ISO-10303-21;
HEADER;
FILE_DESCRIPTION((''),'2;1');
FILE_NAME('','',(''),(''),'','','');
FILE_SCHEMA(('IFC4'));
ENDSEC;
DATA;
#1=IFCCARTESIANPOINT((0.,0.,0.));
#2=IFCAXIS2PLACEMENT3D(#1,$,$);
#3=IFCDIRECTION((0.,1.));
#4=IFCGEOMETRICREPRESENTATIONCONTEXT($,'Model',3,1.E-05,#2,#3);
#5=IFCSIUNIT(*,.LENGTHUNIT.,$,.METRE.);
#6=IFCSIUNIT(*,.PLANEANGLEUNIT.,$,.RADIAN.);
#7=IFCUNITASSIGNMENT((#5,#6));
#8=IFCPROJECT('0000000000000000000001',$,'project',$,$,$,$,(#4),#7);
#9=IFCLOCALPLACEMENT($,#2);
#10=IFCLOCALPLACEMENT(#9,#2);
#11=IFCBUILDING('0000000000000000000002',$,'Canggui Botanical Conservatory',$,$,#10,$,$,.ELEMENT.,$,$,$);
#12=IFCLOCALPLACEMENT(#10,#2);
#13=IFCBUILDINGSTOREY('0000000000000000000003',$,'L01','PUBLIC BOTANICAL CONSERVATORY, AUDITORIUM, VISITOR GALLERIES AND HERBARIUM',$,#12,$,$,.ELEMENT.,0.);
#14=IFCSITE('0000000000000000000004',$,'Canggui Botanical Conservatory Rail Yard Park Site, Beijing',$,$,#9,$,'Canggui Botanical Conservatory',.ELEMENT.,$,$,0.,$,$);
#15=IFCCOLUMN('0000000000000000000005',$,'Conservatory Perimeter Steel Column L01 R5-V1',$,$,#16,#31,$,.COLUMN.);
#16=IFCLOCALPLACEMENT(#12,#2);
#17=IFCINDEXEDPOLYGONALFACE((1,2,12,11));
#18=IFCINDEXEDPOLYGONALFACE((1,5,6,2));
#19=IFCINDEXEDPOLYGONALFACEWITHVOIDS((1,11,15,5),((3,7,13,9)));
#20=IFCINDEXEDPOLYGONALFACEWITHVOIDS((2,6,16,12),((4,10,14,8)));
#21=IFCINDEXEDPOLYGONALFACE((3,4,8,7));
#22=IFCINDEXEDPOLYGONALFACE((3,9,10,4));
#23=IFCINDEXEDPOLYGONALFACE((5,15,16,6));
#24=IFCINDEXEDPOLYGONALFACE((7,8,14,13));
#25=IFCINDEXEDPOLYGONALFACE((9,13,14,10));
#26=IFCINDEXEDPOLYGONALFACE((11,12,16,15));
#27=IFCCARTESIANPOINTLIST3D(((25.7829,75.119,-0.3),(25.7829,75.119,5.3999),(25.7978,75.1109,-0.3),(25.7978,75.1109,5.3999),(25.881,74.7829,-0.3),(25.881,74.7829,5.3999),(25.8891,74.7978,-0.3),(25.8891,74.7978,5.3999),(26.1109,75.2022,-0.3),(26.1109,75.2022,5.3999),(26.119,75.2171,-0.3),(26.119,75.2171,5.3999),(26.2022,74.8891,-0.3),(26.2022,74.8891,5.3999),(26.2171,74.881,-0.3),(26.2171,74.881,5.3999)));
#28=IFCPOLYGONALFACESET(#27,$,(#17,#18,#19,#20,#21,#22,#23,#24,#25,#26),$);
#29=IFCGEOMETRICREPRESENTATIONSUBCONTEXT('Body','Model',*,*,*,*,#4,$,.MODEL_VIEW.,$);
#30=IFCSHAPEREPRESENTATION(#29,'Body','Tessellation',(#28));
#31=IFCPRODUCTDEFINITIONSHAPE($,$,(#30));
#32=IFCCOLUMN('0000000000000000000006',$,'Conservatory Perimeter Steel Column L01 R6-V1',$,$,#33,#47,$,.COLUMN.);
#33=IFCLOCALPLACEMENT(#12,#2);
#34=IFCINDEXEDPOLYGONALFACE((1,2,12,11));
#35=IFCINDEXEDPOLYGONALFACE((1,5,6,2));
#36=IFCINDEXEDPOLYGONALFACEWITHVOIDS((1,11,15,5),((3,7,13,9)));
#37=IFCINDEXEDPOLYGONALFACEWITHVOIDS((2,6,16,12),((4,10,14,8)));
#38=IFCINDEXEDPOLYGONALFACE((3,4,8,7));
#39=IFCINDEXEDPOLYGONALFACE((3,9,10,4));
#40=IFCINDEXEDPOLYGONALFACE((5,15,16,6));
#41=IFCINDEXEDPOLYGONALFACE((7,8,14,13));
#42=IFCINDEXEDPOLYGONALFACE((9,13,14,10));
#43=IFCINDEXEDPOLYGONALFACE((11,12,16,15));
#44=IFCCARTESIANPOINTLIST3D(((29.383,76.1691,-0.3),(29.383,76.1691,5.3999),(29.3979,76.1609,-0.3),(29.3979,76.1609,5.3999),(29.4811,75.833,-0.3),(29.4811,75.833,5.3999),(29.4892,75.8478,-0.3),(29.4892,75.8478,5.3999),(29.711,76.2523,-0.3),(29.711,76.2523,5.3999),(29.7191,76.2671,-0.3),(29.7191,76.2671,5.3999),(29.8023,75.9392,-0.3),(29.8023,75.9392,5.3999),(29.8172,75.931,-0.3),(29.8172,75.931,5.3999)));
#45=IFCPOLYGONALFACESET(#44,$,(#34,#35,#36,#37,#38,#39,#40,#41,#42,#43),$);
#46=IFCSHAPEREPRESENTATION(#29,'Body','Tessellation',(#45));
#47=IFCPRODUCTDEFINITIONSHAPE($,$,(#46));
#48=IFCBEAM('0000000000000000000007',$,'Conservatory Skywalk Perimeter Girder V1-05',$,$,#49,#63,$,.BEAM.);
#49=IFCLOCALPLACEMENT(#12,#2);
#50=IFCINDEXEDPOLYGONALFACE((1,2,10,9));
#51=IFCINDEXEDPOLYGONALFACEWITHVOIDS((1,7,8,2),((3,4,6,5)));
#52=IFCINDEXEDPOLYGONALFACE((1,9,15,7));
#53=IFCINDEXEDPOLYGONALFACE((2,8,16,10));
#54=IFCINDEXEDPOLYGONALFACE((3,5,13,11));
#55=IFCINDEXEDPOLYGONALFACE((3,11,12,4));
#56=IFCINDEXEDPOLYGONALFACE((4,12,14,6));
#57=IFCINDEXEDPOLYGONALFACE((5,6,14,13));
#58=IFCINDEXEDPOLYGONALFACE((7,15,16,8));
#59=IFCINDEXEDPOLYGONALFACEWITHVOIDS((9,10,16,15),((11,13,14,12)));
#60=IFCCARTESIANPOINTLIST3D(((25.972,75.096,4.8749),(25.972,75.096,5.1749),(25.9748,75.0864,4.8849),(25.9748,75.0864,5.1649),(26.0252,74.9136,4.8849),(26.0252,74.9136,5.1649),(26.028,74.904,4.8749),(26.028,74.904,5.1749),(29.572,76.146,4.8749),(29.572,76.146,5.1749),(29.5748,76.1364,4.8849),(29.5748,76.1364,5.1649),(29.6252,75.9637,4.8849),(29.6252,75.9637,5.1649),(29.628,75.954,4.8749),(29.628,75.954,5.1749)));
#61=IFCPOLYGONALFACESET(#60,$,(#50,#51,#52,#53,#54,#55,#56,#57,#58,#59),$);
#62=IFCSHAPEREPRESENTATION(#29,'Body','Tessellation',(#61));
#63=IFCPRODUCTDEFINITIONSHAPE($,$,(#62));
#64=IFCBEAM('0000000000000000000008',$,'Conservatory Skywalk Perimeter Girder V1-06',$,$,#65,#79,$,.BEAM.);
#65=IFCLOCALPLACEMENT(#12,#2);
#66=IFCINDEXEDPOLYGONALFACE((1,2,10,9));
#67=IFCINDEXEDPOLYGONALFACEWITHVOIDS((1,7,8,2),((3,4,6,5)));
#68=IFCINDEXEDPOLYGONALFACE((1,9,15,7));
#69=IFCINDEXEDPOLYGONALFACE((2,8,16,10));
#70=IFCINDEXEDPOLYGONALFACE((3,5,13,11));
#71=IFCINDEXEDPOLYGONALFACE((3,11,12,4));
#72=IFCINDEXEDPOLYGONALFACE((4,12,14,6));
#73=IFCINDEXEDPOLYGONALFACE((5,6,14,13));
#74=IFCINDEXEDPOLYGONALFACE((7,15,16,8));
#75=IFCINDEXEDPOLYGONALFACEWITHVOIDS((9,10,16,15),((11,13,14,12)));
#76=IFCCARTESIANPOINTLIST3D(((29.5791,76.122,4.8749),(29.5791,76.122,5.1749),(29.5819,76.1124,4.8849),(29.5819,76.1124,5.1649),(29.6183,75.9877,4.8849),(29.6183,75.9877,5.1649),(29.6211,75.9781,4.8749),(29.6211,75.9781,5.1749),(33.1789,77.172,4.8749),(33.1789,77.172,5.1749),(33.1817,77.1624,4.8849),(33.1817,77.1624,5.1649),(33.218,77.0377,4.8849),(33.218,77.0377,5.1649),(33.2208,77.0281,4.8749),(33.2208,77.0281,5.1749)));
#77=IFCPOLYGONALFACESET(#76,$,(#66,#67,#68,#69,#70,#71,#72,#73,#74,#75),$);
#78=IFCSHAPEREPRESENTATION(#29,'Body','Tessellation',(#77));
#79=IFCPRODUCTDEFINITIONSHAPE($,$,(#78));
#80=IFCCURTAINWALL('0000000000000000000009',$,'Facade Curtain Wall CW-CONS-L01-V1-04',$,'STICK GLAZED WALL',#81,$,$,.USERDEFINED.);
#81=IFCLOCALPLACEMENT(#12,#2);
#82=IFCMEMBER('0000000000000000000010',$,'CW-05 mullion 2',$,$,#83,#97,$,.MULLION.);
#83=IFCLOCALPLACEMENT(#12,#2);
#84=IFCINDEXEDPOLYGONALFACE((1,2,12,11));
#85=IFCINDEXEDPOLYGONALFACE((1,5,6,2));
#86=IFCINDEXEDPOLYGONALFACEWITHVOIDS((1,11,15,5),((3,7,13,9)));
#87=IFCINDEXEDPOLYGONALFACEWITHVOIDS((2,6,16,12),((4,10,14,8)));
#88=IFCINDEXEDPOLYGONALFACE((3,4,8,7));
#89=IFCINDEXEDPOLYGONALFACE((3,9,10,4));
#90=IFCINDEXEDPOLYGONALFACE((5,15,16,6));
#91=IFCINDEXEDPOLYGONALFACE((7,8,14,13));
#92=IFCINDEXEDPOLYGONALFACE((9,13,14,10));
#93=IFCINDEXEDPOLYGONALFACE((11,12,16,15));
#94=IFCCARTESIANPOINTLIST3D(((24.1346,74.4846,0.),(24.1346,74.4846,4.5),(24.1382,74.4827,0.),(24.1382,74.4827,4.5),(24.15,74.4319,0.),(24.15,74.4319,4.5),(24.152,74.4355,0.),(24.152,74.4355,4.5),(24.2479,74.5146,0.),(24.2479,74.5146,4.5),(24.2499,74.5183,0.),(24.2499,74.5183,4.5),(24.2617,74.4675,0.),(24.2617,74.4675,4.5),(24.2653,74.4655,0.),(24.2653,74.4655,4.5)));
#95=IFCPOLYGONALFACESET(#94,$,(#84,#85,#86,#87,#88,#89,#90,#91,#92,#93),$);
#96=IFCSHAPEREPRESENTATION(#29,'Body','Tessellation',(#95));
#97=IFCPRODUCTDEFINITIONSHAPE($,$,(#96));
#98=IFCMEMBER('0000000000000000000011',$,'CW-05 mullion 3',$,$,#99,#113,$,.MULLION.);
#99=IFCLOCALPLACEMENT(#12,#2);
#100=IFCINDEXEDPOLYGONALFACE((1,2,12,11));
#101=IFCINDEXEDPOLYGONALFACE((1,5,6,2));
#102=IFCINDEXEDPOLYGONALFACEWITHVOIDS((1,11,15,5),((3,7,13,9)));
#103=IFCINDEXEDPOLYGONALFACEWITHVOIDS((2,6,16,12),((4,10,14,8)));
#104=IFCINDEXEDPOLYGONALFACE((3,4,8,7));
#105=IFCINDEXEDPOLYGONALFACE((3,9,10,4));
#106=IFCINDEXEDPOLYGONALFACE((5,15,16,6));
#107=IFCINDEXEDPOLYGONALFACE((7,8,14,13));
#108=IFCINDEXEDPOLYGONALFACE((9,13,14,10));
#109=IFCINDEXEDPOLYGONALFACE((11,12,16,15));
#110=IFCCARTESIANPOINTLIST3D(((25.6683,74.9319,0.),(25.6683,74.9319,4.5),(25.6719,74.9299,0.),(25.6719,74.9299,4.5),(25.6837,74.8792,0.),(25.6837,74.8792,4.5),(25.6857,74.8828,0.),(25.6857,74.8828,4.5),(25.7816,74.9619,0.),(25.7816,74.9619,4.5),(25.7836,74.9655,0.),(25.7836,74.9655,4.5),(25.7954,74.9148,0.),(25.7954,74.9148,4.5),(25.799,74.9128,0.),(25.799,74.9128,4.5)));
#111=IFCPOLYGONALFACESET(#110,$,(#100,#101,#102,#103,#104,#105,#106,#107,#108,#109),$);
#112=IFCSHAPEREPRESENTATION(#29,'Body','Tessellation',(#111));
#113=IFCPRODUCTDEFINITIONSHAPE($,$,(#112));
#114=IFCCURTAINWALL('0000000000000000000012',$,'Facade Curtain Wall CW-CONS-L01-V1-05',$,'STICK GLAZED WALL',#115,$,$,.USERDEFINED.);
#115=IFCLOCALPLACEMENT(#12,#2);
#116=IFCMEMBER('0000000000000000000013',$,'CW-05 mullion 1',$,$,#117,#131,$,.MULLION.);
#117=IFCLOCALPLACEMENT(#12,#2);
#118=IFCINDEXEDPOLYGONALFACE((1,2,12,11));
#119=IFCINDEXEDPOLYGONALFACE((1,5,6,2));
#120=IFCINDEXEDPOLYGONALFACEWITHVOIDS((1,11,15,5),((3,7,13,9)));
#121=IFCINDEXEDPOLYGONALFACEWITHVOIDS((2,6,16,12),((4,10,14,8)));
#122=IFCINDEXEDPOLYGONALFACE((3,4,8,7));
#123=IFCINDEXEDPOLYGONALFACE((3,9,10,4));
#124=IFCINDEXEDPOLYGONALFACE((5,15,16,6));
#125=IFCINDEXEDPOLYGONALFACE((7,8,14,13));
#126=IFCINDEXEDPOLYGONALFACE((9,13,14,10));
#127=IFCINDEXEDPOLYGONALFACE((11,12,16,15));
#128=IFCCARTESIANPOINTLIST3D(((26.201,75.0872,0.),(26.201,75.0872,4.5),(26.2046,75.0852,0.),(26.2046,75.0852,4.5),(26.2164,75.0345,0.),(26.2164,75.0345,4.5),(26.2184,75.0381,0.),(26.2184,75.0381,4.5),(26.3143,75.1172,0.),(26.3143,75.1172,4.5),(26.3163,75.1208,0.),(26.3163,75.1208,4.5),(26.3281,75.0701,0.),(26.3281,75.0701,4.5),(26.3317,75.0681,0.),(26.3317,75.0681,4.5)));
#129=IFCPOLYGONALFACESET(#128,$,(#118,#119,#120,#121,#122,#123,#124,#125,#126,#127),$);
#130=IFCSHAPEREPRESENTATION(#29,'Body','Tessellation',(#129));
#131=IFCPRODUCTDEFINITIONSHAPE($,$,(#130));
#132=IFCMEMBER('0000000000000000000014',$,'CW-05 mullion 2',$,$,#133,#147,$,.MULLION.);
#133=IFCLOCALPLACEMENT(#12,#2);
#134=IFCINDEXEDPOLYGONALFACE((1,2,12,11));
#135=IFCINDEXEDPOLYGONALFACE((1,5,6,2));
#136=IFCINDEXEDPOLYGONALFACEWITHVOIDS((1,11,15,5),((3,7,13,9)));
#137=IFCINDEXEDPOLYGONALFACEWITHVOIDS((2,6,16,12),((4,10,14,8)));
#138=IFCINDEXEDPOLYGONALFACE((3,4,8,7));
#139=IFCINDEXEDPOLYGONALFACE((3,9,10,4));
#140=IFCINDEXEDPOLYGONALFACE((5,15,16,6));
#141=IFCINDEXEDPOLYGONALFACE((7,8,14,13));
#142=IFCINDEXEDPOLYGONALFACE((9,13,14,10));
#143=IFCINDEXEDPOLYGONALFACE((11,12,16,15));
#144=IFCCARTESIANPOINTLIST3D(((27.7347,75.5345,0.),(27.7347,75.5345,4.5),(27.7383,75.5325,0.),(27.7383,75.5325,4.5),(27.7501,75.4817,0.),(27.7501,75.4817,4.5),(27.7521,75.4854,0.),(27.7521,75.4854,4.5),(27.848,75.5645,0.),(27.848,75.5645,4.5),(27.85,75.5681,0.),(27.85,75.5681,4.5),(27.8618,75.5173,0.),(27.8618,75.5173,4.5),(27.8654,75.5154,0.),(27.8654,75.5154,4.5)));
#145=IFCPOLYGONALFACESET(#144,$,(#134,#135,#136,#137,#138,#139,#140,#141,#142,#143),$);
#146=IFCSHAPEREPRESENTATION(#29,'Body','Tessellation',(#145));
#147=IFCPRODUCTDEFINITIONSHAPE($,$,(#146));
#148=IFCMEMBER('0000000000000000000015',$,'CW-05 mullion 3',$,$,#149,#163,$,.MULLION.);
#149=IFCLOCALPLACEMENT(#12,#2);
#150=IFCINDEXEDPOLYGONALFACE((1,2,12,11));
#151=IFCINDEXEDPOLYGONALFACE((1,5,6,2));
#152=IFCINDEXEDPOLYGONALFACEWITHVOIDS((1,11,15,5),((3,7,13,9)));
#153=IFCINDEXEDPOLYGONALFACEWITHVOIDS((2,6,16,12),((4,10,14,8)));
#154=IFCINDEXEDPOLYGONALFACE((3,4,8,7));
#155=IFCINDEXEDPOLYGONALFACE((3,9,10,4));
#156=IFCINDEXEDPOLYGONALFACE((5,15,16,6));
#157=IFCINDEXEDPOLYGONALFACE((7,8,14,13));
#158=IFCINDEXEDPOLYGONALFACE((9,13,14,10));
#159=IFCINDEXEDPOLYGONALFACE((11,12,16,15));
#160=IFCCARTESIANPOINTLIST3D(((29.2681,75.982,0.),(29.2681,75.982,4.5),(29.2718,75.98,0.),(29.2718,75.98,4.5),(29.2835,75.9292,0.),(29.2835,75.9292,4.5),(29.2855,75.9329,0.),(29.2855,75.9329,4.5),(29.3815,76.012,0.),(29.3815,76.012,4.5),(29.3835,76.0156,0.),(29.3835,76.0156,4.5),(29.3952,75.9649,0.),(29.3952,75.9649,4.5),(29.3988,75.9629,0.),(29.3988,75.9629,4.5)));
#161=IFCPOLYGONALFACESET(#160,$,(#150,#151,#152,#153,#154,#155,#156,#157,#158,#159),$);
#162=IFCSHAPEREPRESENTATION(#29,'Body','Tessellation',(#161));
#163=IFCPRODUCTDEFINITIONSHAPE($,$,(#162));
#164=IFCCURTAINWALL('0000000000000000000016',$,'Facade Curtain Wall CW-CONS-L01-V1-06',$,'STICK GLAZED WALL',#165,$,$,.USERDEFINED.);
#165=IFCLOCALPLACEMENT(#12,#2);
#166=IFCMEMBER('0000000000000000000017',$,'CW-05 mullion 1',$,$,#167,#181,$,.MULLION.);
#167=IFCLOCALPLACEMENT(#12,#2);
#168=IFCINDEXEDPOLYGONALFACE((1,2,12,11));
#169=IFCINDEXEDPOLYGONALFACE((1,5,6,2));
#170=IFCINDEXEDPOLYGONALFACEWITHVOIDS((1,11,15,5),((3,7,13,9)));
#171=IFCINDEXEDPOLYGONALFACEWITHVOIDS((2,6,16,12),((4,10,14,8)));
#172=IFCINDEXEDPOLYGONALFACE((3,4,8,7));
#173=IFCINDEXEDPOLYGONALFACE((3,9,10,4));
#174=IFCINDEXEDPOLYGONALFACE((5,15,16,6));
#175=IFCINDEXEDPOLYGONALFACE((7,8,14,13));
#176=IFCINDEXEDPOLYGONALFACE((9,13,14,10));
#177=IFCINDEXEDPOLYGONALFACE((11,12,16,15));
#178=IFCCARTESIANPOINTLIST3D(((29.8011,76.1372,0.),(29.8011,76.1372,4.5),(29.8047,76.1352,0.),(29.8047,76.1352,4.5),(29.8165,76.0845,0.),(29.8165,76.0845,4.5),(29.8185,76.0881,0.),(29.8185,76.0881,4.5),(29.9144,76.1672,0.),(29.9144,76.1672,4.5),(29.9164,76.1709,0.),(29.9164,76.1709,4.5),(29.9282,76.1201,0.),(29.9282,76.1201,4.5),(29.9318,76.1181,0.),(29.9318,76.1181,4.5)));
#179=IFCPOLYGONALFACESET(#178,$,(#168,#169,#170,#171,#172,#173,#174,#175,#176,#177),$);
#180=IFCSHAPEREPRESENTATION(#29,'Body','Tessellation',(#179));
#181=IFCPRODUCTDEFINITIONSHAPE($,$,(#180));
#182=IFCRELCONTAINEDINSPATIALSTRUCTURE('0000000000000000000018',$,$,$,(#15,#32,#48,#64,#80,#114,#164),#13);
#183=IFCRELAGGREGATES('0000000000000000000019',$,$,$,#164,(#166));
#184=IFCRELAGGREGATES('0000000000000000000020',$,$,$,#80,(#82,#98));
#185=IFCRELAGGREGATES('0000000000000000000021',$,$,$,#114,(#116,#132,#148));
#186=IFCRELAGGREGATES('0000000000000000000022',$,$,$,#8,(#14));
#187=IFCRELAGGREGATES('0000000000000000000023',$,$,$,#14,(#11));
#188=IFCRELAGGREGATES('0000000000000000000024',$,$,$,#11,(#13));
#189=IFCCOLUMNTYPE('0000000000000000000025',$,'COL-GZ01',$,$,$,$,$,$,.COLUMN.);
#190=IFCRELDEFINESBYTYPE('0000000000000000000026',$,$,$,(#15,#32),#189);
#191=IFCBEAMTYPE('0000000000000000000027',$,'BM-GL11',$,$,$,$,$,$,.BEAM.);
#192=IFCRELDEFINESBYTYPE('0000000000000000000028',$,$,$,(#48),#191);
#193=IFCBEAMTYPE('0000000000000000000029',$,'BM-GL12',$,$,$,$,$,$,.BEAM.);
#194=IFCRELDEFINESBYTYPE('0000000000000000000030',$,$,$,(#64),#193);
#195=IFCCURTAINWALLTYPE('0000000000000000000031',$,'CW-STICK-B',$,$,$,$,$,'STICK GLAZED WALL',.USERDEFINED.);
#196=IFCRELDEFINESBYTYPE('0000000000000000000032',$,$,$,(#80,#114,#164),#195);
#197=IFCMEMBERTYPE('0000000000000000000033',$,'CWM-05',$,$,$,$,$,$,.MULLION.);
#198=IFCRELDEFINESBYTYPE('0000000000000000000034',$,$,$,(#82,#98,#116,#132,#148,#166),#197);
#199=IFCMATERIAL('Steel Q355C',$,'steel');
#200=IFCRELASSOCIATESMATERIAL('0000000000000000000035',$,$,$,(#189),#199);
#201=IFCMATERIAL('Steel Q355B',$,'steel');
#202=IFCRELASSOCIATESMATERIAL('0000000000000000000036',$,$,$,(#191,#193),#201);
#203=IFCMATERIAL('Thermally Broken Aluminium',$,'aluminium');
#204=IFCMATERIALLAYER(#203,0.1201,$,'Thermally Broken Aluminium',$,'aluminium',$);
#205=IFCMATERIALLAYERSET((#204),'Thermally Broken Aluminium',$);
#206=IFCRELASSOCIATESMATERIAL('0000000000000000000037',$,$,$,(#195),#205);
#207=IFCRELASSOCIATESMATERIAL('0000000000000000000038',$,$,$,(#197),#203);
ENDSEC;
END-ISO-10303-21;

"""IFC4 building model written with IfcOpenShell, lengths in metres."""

from ifc_helpers import new_model, si_unit, direction, frame, origin, origin_2d, place, context, subcontext, project, spatial, hollow_rectangle, extrude, material, layer, layer_set, material_profile, profile_set, type_object, element, aggregate, save


model = new_model("IFC4")

# Units and contexts
model_context = context("Model", 3, precision=1e-05, world=origin(), true_north=direction((0.0, 1.0)))
body_context = subcontext(model_context, "Body", "Model", "MODEL_VIEW")
ifc_project = project(units=[si_unit("LENGTHUNIT", "METRE"), si_unit("PLANEANGLEUNIT", "RADIAN")], contexts=[model_context])

# Site, building, storey
site_placement = place(None, origin())
site = spatial("IfcSite", under=ifc_project, at=site_placement, Name="Canggui Botanical Conservatory Rail Yard Park Site, Beijing", LongName="Canggui Botanical Conservatory", CompositionType="ELEMENT", RefElevation=0.0)
building_placement = place(site_placement, origin())
building = spatial("IfcBuilding", under=site, at=building_placement, Name="Canggui Botanical Conservatory", CompositionType="ELEMENT")
storey_placement = place(building_placement, origin())
storey = spatial("IfcBuildingStorey", under=building, at=storey_placement, Name="L01", Description="PUBLIC BOTANICAL CONSERVATORY, AUDITORIUM, VISITOR GALLERIES AND HERBARIUM", CompositionType="ELEMENT", Elevation=0.0)

# Columns
ifc_material_1 = material(Name="Steel Q355C", Category="steel")
ifc_material_profile_1 = material_profile(ifc_material_1, hollow_rectangle(XDim=0.3501, YDim=0.3501, WallThickness=0.012, at=origin_2d()), Name="SHS 350x350x12")
ifc_profile_set_1 = profile_set([ifc_material_profile_1], Name="Steel Q355C")
column_type = type_object("IfcColumnType", Name="COL-GZ01", PredefinedType="COLUMN", material=ifc_profile_set_1)
for number, where, z_axis, x_axis, name in (
    (1, (26.0, 75.0, -0.3), (0.0, 0.0, 1.0), (0.96, 0.28, 0.0), "Conservatory Perimeter Steel Column L01 R5-V1"),
    (2, (29.6001, 76.05, -0.3), (0.0, 0.0, 1.0), (0.96, 0.28, 0.0), "Conservatory Perimeter Steel Column L01 R6-V1"),
):
    element("IfcColumn", number, at=place(storey_placement, frame(where, z_axis=z_axis, x_axis=x_axis)), inside=storey, type_object=column_type, Name=name, PredefinedType="COLUMN", context=body_context, shape_type="SweptSolid", body=[
        extrude(hollow_rectangle(XDim=0.3501, YDim=0.3501, WallThickness=0.012, at=origin_2d()), origin(), (0.0, 0.0, 1.0), 5.7),
    ])

# Beams
ifc_material_2 = material(Name="Steel Q355B", Category="steel")
ifc_material_profile_2 = material_profile(ifc_material_2, hollow_rectangle(XDim=0.2, YDim=0.3, WallThickness=0.01, at=origin_2d()), Name="RHS 200x300x10")
ifc_profile_set_2 = profile_set([ifc_material_profile_2], Name="Steel Q355B")
beam_type_1 = type_object("IfcBeamType", Name="BM-GL11", PredefinedType="BEAM", material=ifc_profile_set_2)
beam_1_placement = place(storey_placement, frame((26.0, 75.0, 5.0249), z_axis=(0.959999, 0.280005, 0.0), x_axis=(-0.280005, 0.959999, 0.0)))
element("IfcBeam", 3, at=beam_1_placement, inside=storey, type_object=beam_type_1, Name="Conservatory Skywalk Perimeter Girder V1-05", PredefinedType="BEAM", context=body_context, shape_type="SweptSolid", body=[
    extrude(hollow_rectangle(XDim=0.2, YDim=0.3, WallThickness=0.01, at=origin_2d()), origin(), (0.0, 0.0, 1.0), 3.75),
])
ifc_material_profile_3 = material_profile(ifc_material_2, hollow_rectangle(XDim=0.1499, YDim=0.3, WallThickness=0.01, at=origin_2d()), Name="RHS 150x300x10")
ifc_profile_set_3 = profile_set([ifc_material_profile_3], Name="Steel Q355B")
beam_type_2 = type_object("IfcBeamType", Name="BM-GL12", PredefinedType="BEAM", material=ifc_profile_set_3)
beam_2_placement = place(storey_placement, frame((29.6001, 76.05, 5.0249), z_axis=(0.959993, 0.280023, 0.0), x_axis=(-0.280023, 0.959993, 0.0)))
element("IfcBeam", 4, at=beam_2_placement, inside=storey, type_object=beam_type_2, Name="Conservatory Skywalk Perimeter Girder V1-06", PredefinedType="BEAM", context=body_context, shape_type="SweptSolid", body=[
    extrude(hollow_rectangle(XDim=0.1499, YDim=0.3, WallThickness=0.01, at=origin_2d()), origin(), (0.0, 0.0, 1.0), 3.7498),
])

# Curtain walls, members
ifc_material_3 = material(Name="Thermally Broken Aluminium", Category="aluminium")
ifc_layer_1 = layer(ifc_material_3, 0.1201, Name="Thermally Broken Aluminium", Category="aluminium")
ifc_layer_set_1 = layer_set([ifc_layer_1], Name="Thermally Broken Aluminium")
curtain_wall_type = type_object("IfcCurtainWallType", Name="CW-STICK-B", ElementType="STICK GLAZED WALL", PredefinedType="USERDEFINED", material=ifc_layer_set_1)
curtain_wall_1_placement = place(storey_placement, origin())
curtain_wall_1 = element("IfcCurtainWall", 5, at=curtain_wall_1_placement, inside=storey, type_object=curtain_wall_type, Name="Facade Curtain Wall CW-CONS-L01-V1-04", ObjectType="STICK GLAZED WALL", PredefinedType="USERDEFINED")
ifc_material_profile_4 = material_profile(ifc_material_3, hollow_rectangle(XDim=0.0549, YDim=0.1201, WallThickness=0.0029, at=origin_2d()), Name="CWM 55x120x3")
ifc_profile_set_4 = profile_set([ifc_material_profile_4], Name="Thermally Broken Aluminium")
member_type_1 = type_object("IfcMemberType", Name="CWM-05", PredefinedType="MULLION", material=ifc_profile_set_4)
member_1_placement = place(storey_placement, frame((24.2, 74.4751, 0.0), z_axis=(0.0, 0.0, 1.0), x_axis=(-0.28, 0.96, 0.0)))
member_1 = element("IfcMember", 6, at=member_1_placement, type_object=member_type_1, Name="CW-05 mullion 2", PredefinedType="MULLION", context=body_context, shape_type="SweptSolid", body=[
    extrude(hollow_rectangle(XDim=0.0549, YDim=0.1201, WallThickness=0.0029, at=origin_2d()), origin(), (0.0, 0.0, 1.0), 4.5),
])
member_2_placement = place(storey_placement, frame((25.7336, 74.9224, 0.0), z_axis=(0.0, 0.0, 1.0), x_axis=(-0.28, 0.96, 0.0)))
member_2 = element("IfcMember", 7, at=member_2_placement, type_object=member_type_1, Name="CW-05 mullion 3", PredefinedType="MULLION", context=body_context, shape_type="SweptSolid", body=[
    extrude(hollow_rectangle(XDim=0.0549, YDim=0.1201, WallThickness=0.0029, at=origin_2d()), origin(), (0.0, 0.0, 1.0), 4.5),
])
curtain_wall_2_placement = place(storey_placement, origin())
curtain_wall_2 = element("IfcCurtainWall", 8, at=curtain_wall_2_placement, inside=storey, type_object=curtain_wall_type, Name="Facade Curtain Wall CW-CONS-L01-V1-05", ObjectType="STICK GLAZED WALL", PredefinedType="USERDEFINED")
member_3_placement = place(storey_placement, frame((26.2664, 75.0776, 0.0), z_axis=(0.0, 0.0, 1.0), x_axis=(-0.28, 0.96, 0.0)))
member_3 = element("IfcMember", 9, at=member_3_placement, type_object=member_type_1, Name="CW-05 mullion 1", PredefinedType="MULLION", context=body_context, shape_type="SweptSolid", body=[
    extrude(hollow_rectangle(XDim=0.0549, YDim=0.1201, WallThickness=0.0029, at=origin_2d()), origin(), (0.0, 0.0, 1.0), 4.5),
])
member_4_placement = place(storey_placement, frame((27.8, 75.5249, 0.0), z_axis=(0.0, 0.0, 1.0), x_axis=(-0.28, 0.96, 0.0)))
member_4 = element("IfcMember", 10, at=member_4_placement, type_object=member_type_1, Name="CW-05 mullion 2", PredefinedType="MULLION", context=body_context, shape_type="SweptSolid", body=[
    extrude(hollow_rectangle(XDim=0.0549, YDim=0.1201, WallThickness=0.0029, at=origin_2d()), origin(), (0.0, 0.0, 1.0), 4.5),
])
member_5_placement = place(storey_placement, frame((29.3335, 75.9724, 0.0), z_axis=(0.0, 0.0, 1.0), x_axis=(-0.28, 0.96, 0.0)))
member_5 = element("IfcMember", 11, at=member_5_placement, type_object=member_type_1, Name="CW-05 mullion 3", PredefinedType="MULLION", context=body_context, shape_type="SweptSolid", body=[
    extrude(hollow_rectangle(XDim=0.0549, YDim=0.1201, WallThickness=0.0029, at=origin_2d()), origin(), (0.0, 0.0, 1.0), 4.5),
])

# Curtain wall, member
curtain_wall_3_placement = place(storey_placement, origin())
curtain_wall_3 = element("IfcCurtainWall", 12, at=curtain_wall_3_placement, inside=storey, type_object=curtain_wall_type, Name="Facade Curtain Wall CW-CONS-L01-V1-06", ObjectType="STICK GLAZED WALL", PredefinedType="USERDEFINED")
member_6_placement = place(storey_placement, frame((29.8665, 76.1277, 0.0), z_axis=(0.0, 0.0, 1.0), x_axis=(-0.28, 0.96, 0.0)))
member_6 = element("IfcMember", 13, at=member_6_placement, type_object=member_type_1, Name="CW-05 mullion 1", PredefinedType="MULLION", context=body_context, shape_type="SweptSolid", body=[
    extrude(hollow_rectangle(XDim=0.0549, YDim=0.1201, WallThickness=0.0029, at=origin_2d()), origin(), (0.0, 0.0, 1.0), 4.5),
])
aggregate(curtain_wall_3, [member_6])

aggregate(curtain_wall_1, [member_1, member_2])
aggregate(curtain_wall_2, [member_3, member_4, member_5])

save(model, "model.ifc")
